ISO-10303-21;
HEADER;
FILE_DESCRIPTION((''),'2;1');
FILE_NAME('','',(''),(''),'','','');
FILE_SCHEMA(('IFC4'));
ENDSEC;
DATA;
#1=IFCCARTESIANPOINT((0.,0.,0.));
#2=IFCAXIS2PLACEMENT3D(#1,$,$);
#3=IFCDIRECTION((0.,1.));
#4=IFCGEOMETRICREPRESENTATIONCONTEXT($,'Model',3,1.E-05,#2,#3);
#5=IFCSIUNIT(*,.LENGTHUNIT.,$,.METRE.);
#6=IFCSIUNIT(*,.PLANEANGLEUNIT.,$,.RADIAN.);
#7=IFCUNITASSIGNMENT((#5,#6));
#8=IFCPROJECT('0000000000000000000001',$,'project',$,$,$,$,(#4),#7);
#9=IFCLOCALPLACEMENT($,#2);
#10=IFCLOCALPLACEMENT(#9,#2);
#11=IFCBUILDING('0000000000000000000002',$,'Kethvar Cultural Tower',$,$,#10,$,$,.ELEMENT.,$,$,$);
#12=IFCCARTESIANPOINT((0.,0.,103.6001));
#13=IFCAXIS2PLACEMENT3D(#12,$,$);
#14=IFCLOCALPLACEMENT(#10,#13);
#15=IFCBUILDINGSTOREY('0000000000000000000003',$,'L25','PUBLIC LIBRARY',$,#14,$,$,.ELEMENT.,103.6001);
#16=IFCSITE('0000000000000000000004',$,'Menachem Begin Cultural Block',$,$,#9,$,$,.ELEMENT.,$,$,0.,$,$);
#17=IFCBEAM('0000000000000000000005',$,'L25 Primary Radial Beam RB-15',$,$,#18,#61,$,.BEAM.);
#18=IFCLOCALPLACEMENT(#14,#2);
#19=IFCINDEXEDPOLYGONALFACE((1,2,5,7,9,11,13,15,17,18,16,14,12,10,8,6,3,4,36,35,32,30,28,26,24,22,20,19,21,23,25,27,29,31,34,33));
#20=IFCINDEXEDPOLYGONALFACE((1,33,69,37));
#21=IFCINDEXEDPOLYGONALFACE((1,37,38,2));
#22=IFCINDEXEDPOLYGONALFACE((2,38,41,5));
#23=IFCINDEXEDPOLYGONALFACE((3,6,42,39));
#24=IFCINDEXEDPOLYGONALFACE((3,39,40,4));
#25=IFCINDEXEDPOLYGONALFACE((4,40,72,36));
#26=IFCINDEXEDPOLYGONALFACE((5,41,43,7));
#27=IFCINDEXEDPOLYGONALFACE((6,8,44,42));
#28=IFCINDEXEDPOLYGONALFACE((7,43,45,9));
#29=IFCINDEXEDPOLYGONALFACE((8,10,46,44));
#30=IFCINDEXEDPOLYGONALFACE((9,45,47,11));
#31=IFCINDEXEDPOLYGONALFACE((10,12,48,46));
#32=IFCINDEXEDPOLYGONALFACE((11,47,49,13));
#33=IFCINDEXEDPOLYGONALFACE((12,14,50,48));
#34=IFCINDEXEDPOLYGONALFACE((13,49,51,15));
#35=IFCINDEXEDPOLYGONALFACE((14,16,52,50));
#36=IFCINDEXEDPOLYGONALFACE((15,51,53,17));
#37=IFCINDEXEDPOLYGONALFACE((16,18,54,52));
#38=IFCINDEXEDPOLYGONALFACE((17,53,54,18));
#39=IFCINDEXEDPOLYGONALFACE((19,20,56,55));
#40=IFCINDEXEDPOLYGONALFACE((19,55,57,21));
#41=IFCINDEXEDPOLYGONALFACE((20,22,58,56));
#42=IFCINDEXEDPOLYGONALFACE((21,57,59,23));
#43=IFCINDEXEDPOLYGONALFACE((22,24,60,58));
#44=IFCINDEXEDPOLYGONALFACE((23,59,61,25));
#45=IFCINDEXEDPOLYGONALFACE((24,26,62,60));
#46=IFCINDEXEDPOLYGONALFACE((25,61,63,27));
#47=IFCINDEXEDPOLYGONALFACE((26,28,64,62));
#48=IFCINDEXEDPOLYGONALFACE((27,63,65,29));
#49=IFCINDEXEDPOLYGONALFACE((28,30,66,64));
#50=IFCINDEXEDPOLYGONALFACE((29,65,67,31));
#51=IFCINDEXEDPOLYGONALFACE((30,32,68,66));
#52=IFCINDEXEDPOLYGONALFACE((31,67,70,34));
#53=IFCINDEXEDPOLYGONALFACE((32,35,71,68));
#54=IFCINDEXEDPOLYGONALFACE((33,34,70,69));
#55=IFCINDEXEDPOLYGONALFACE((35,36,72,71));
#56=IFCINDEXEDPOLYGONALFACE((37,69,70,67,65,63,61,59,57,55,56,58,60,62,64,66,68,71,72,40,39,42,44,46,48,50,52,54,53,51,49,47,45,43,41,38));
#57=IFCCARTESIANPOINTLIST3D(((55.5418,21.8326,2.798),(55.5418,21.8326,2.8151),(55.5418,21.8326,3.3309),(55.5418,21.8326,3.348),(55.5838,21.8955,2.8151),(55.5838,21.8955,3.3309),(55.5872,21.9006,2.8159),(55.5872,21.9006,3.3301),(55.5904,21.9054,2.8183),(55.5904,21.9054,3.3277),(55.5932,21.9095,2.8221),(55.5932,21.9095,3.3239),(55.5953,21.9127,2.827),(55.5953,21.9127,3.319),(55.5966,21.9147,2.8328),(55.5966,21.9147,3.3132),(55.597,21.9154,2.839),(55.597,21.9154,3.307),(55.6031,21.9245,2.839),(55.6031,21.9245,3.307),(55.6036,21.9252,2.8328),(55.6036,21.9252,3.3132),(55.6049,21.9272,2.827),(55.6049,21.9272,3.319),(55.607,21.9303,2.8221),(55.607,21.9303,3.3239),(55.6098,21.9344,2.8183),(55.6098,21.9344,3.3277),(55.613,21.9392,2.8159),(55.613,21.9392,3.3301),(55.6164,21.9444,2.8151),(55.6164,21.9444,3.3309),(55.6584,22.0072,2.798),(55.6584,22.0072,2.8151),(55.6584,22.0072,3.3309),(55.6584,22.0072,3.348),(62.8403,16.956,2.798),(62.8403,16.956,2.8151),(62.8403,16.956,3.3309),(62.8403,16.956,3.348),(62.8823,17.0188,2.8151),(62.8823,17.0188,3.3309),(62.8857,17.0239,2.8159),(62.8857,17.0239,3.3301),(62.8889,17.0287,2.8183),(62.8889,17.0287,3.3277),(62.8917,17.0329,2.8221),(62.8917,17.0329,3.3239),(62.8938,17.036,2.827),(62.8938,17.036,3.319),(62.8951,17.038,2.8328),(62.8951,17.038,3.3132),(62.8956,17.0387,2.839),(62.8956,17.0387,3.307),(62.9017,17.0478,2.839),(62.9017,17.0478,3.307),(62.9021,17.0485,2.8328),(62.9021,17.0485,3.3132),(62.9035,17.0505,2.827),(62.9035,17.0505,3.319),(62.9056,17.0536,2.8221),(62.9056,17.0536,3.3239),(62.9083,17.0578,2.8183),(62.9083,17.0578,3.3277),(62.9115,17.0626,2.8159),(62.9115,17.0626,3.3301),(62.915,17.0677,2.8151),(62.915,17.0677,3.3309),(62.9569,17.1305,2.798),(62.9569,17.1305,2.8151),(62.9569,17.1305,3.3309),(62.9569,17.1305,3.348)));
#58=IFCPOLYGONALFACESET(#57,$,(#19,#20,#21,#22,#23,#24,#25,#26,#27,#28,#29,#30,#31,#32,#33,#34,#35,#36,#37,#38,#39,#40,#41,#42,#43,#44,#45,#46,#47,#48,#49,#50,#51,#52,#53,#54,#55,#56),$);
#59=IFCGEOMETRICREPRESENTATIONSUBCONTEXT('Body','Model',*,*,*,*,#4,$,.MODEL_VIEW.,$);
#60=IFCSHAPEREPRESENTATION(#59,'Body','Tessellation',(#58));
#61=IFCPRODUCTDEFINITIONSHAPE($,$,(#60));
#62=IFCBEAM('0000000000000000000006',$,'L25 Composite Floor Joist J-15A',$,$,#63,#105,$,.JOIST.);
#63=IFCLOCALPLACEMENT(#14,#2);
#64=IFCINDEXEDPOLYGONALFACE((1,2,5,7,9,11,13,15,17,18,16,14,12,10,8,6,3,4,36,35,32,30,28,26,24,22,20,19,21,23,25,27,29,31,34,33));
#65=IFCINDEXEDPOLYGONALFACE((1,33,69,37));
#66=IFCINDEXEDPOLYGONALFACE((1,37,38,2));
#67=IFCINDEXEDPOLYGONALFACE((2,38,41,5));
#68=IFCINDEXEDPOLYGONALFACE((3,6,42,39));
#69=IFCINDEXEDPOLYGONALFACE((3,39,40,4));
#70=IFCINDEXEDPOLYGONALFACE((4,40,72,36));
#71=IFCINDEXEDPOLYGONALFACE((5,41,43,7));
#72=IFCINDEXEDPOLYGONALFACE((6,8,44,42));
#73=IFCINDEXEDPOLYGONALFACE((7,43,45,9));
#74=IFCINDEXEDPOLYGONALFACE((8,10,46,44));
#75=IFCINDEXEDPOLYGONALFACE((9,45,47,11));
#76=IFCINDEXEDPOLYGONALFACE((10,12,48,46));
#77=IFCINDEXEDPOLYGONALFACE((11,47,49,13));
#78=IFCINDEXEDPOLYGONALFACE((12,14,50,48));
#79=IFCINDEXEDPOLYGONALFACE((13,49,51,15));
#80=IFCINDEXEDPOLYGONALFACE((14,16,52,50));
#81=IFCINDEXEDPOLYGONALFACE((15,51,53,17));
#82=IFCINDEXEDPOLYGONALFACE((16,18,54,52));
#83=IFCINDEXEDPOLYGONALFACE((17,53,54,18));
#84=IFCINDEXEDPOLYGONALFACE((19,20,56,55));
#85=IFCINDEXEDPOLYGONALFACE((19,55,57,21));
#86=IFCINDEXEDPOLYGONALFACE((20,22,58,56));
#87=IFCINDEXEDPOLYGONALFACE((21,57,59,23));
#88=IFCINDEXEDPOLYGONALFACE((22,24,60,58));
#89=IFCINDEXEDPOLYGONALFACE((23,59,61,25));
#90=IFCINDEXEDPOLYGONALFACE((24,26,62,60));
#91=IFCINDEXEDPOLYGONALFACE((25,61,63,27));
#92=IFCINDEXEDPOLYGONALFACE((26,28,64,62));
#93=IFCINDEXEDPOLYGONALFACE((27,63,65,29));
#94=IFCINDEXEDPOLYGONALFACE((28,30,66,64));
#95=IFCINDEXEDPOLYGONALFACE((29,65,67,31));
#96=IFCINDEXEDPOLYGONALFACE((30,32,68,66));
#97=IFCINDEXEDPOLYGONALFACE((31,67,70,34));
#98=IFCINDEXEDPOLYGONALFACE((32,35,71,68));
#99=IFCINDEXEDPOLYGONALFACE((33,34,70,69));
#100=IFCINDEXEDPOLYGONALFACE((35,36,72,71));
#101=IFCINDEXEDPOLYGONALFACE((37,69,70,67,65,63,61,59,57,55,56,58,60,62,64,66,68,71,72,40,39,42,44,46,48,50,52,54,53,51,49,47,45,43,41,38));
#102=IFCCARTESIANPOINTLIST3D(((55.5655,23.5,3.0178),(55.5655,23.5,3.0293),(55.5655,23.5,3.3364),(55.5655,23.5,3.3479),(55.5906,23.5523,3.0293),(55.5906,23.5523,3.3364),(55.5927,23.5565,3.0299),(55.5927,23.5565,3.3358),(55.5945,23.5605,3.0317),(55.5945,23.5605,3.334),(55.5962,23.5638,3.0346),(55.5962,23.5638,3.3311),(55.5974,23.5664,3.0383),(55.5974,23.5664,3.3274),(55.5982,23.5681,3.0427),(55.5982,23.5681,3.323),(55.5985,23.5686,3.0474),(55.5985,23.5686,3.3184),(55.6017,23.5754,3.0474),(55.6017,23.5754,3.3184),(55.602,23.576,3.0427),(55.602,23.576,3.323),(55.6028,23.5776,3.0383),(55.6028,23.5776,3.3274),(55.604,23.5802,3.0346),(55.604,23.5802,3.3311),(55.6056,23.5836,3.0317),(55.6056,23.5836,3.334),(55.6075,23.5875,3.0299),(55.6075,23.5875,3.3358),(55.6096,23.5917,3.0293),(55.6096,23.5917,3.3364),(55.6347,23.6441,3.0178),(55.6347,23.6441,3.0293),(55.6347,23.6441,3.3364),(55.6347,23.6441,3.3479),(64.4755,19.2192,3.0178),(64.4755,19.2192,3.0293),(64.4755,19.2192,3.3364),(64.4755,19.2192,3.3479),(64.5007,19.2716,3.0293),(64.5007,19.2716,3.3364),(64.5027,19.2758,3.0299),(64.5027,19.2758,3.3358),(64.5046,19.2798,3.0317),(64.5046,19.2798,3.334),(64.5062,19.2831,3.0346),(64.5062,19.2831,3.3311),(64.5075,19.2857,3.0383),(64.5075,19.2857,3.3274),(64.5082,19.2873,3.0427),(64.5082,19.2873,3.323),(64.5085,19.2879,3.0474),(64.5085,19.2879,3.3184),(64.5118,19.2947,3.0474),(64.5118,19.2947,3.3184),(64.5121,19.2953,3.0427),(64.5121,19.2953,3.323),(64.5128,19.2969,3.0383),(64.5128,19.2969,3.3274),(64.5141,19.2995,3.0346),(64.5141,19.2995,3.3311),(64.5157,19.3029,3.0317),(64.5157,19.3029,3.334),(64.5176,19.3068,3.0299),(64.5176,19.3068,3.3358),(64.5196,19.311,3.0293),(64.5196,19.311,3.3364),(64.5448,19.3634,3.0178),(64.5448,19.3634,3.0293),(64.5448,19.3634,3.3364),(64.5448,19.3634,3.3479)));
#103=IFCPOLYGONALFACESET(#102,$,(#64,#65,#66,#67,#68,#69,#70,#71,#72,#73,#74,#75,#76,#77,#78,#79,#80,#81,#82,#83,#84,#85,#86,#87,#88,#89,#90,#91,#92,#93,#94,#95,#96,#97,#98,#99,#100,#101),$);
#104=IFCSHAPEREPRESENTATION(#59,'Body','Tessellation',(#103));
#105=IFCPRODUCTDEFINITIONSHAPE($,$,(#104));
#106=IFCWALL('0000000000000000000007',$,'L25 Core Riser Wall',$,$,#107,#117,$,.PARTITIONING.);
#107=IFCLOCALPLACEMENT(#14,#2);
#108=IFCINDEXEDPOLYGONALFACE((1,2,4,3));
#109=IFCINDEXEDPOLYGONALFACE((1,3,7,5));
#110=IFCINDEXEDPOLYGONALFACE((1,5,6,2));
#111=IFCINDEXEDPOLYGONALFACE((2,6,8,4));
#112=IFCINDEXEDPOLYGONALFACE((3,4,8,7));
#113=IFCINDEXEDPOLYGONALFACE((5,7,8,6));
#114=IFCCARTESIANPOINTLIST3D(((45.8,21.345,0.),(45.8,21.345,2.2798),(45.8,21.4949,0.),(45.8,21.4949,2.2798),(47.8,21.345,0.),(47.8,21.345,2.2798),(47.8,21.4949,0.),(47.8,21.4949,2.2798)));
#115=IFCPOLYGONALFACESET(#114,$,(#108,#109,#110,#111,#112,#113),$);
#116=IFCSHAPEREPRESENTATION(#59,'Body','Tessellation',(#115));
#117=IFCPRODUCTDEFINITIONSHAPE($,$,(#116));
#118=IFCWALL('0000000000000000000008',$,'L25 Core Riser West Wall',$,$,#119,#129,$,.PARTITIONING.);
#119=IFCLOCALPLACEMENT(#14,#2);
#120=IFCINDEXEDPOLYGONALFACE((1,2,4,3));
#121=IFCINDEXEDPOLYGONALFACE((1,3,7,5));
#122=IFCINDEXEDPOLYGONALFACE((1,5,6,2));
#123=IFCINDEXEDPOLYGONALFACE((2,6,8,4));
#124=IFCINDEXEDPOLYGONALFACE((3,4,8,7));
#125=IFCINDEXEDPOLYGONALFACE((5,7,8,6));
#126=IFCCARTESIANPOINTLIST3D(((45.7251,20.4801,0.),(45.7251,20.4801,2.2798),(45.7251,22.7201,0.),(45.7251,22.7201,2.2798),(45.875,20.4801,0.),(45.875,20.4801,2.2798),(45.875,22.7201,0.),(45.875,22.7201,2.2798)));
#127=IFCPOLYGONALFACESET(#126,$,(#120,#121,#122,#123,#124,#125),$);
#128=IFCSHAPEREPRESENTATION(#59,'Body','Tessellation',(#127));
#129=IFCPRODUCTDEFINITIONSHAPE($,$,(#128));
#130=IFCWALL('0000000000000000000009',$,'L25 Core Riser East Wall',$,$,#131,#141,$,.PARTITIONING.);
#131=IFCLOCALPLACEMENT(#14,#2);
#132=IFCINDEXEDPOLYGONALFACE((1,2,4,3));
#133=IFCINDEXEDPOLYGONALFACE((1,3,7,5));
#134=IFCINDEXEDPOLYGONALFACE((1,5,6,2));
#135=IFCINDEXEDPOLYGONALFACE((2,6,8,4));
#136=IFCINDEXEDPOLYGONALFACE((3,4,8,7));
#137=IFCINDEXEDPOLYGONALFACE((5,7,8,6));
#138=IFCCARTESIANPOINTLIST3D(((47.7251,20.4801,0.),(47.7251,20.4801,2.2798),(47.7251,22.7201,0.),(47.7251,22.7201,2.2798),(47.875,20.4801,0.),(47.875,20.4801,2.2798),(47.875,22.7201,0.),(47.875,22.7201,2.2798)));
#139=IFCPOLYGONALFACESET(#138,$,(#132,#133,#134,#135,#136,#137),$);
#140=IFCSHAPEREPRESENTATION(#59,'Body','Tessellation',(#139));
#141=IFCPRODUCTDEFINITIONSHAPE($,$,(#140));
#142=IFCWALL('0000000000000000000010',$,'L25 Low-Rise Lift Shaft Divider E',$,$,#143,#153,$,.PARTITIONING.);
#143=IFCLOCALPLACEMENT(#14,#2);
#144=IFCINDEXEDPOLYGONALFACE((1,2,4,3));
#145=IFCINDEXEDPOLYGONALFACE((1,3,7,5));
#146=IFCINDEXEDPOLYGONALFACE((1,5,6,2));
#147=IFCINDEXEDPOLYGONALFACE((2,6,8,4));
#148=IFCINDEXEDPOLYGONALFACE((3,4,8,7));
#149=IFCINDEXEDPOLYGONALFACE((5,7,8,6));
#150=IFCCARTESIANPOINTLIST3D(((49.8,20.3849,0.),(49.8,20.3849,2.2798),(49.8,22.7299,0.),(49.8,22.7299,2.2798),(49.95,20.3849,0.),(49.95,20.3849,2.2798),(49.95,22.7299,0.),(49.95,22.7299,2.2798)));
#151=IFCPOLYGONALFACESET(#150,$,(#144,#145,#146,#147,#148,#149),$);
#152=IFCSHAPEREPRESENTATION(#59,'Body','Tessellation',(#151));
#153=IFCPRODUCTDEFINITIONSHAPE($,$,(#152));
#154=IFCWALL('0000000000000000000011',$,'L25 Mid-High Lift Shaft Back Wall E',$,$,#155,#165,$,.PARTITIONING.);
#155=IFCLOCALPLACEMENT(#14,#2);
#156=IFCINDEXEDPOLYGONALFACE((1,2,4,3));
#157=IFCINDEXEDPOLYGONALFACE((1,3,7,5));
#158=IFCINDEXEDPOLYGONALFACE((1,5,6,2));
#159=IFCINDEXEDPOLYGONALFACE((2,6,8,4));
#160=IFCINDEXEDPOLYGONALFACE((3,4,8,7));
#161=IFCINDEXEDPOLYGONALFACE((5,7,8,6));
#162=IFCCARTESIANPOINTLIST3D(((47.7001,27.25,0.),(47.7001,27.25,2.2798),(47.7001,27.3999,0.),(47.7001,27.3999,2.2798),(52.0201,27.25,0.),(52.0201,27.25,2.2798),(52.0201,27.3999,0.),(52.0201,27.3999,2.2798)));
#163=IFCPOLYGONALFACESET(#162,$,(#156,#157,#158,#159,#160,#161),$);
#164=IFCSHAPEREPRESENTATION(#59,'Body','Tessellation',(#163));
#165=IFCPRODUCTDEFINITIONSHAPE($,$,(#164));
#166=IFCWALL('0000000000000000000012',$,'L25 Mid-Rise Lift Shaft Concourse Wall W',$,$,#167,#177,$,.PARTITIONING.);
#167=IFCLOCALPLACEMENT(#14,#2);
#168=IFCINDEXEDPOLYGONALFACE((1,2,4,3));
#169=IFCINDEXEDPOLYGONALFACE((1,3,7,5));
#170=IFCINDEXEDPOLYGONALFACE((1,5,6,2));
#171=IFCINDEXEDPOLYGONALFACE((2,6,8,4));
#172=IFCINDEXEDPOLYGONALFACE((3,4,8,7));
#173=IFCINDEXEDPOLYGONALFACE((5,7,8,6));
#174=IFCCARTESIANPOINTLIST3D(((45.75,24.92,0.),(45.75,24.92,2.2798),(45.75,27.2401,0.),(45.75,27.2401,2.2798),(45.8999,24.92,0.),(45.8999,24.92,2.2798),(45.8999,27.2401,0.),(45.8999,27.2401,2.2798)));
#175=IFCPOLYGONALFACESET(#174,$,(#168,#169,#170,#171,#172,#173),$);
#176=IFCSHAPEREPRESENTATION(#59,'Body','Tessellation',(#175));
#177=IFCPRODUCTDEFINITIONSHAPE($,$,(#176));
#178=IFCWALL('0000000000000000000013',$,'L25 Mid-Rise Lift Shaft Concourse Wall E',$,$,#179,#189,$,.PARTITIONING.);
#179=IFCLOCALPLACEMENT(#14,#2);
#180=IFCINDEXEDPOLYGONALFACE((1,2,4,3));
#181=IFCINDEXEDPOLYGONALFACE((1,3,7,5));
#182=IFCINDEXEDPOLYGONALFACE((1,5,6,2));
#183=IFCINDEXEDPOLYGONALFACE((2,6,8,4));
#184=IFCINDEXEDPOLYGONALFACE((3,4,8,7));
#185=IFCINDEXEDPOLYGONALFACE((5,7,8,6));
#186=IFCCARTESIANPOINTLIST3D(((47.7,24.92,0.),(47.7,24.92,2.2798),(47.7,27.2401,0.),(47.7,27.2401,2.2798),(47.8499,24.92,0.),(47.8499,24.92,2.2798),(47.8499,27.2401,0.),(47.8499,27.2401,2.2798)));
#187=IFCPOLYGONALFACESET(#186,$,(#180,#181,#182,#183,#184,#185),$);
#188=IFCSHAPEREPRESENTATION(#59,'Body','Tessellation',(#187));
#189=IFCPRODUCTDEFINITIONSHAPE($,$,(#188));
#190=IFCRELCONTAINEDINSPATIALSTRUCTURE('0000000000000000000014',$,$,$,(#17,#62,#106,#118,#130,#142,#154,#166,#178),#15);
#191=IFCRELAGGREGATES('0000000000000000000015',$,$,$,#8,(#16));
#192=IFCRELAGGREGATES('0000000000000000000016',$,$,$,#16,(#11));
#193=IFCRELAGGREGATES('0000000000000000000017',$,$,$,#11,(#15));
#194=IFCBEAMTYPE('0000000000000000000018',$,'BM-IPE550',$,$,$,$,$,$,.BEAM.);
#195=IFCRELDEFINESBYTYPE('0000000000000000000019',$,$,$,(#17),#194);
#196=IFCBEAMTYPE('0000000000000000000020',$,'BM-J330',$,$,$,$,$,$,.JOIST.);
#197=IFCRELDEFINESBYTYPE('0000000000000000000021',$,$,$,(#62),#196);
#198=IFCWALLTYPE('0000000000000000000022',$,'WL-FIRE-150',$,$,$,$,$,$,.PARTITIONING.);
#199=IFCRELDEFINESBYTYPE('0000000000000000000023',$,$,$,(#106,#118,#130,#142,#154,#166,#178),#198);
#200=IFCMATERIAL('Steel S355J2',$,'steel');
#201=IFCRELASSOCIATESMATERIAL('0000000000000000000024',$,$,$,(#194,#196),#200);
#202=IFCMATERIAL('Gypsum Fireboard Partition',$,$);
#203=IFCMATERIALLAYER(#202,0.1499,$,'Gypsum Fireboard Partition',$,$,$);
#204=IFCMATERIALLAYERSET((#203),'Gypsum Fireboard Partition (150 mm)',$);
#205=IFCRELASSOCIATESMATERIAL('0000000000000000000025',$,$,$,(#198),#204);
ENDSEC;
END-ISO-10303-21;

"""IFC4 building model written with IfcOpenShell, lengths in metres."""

from ifc_helpers import new_model, si_unit, direction, frame, frame_2d, origin, origin_2d, place, context, subcontext, project, spatial, rectangle, i_section, extrude, source, transform, mapped, material, layer, layer_set, material_profile, profile_set, type_object, element, save


model = new_model("IFC4")

# Units and contexts
model_context = context("Model", 3, precision=1e-05, world=origin(), true_north=direction((0.0, 1.0)))
body_context = subcontext(model_context, "Body", "Model", "MODEL_VIEW")
ifc_project = project(units=[si_unit("LENGTHUNIT", "METRE"), si_unit("PLANEANGLEUNIT", "RADIAN")], contexts=[model_context])

# Site, building, storey
site_placement = place(None, origin())
site = spatial("IfcSite", under=ifc_project, at=site_placement, Name="Menachem Begin Cultural Block", CompositionType="ELEMENT", RefElevation=0.0)
building_placement = place(site_placement, origin())
building = spatial("IfcBuilding", under=site, at=building_placement, Name="Kethvar Cultural Tower", CompositionType="ELEMENT")
storey_placement = place(building_placement, frame((0.0, 0.0, 103.6001)))
storey = spatial("IfcBuildingStorey", under=building, at=storey_placement, Name="L25", Description="PUBLIC LIBRARY", CompositionType="ELEMENT", Elevation=103.6001)

# Beams
ifc_material_1 = material(Name="Steel S355J2", Category="steel")
ifc_material_profile_1 = material_profile(ifc_material_1, i_section(OverallWidth=0.21, OverallDepth=0.55, WebThickness=0.011, FlangeThickness=0.0171, FilletRadius=0.0239, at=origin_2d()), Name="Steel S355J2 — IPE550")
ifc_profile_set_1 = profile_set([ifc_material_profile_1], Name="Steel S355J2 — IPE550")
beam_type_1 = type_object("IfcBeamType", Name="BM-IPE550", PredefinedType="BEAM", material=ifc_profile_set_1)
shared_shape_1 = source(origin(), body_context, "Body", "SweptSolid", [
    extrude(i_section(OverallWidth=0.21, OverallDepth=0.55, WebThickness=0.011, FlangeThickness=0.0171, FilletRadius=0.0239, at=origin_2d()), origin(), (0.0, 0.0, 1.0), 8.7778),
])
beam_1_placement = place(storey_placement, frame((55.6001, 21.9199, 3.073), z_axis=(0.831472, -0.555566, 0.0), x_axis=(0.555566, 0.831472, 0.0)))
element("IfcBeam", 1, at=beam_1_placement, inside=storey, type_object=beam_type_1, Name="L25 Primary Radial Beam RB-15", PredefinedType="BEAM", context=body_context, shape_type="MappedRepresentation", body=[
    mapped(shared_shape_1, transform((0.0, 0.0, 0.0), scale=1.0)),
])
ifc_material_profile_2 = material_profile(ifc_material_1, i_section(OverallWidth=0.1599, OverallDepth=0.3301, WebThickness=0.0076, FlangeThickness=0.0115, FilletRadius=0.0181, at=origin_2d()), Name="Steel S355J2 — IPE330")
ifc_profile_set_2 = profile_set([ifc_material_profile_2], Name="Steel S355J2 — IPE330")
beam_type_2 = type_object("IfcBeamType", Name="BM-J330", PredefinedType="JOIST", material=ifc_profile_set_2)
shared_shape_2 = source(origin(), body_context, "Body", "SweptSolid", [
    extrude(i_section(OverallWidth=0.1599, OverallDepth=0.3301, WebThickness=0.0076, FlangeThickness=0.0115, FilletRadius=0.0181, at=origin_2d()), origin(), (0.0, 0.0, 1.0), 9.885),
])
beam_2_placement = place(storey_placement, frame((55.6001, 23.572, 3.1829), z_axis=(0.90137, -0.433051, 0.0), x_axis=(0.433051, 0.90137, 0.0)))
element("IfcBeam", 2, at=beam_2_placement, inside=storey, type_object=beam_type_2, Name="L25 Composite Floor Joist J-15A", PredefinedType="JOIST", context=body_context, shape_type="MappedRepresentation", body=[
    mapped(shared_shape_2, transform((0.0, 0.0, 0.0), scale=1.0)),
])

# Walls
ifc_material_2 = material(Name="Gypsum Fireboard Partition")
ifc_layer_1 = layer(ifc_material_2, 0.1499, Name="Gypsum Fireboard Partition")
ifc_layer_set_1 = layer_set([ifc_layer_1], Name="Gypsum Fireboard Partition (150 mm)")
wall_type_1 = type_object("IfcWallType", Name="WL-FIRE-150", PredefinedType="PARTITIONING", material=ifc_layer_set_1)
wall_1_placement = place(storey_placement, frame((45.8, 21.4199, 0.0), z_axis=(0.0, 0.0, 1.0), x_axis=(1.0, 0.0, 0.0)))
element("IfcWall", 3, at=wall_1_placement, inside=storey, type_object=wall_type_1, Name="L25 Core Riser Wall", PredefinedType="PARTITIONING", context=body_context, shape_type="SweptSolid", body=[
    extrude(rectangle(XDim=2.0, YDim=0.1499, at=frame_2d((1.0, 0.0))), origin(), (0.0, 0.0, 1.0), 2.2798),
])
for number, where, z_axis, x_axis, name in (
    (4, (45.8, 20.48, 0.0), (0.0, 0.0, 1.0), (0.0, 1.0, 0.0), "L25 Core Riser West Wall"),
    (5, (47.8, 20.48, 0.0), (0.0, 0.0, 1.0), (0.0, 1.0, 0.0), "L25 Core Riser East Wall"),
):
    element("IfcWall", number, at=place(storey_placement, frame(where, z_axis=z_axis, x_axis=x_axis)), inside=storey, type_object=wall_type_1, Name=name, PredefinedType="PARTITIONING", context=body_context, shape_type="SweptSolid", body=[
        extrude(rectangle(XDim=2.24, YDim=0.1499, at=frame_2d((1.1201, 0.0))), origin(), (0.0, 0.0, 1.0), 2.2798),
    ])
wall_2_placement = place(storey_placement, frame((49.875, 20.385, 0.0), z_axis=(0.0, 0.0, 1.0), x_axis=(0.0, 1.0, 0.0)))
element("IfcWall", 6, at=wall_2_placement, inside=storey, type_object=wall_type_1, Name="L25 Low-Rise Lift Shaft Divider E", PredefinedType="PARTITIONING", context=body_context, shape_type="SweptSolid", body=[
    extrude(rectangle(XDim=2.345, YDim=0.1499, at=frame_2d((1.1724, 0.0))), origin(), (0.0, 0.0, 1.0), 2.2798),
])
wall_3_placement = place(storey_placement, frame((47.7, 27.325, 0.0), z_axis=(0.0, 0.0, 1.0), x_axis=(1.0, 0.0, 0.0)))
element("IfcWall", 7, at=wall_3_placement, inside=storey, type_object=wall_type_1, Name="L25 Mid-High Lift Shaft Back Wall E", PredefinedType="PARTITIONING", context=body_context, shape_type="SweptSolid", body=[
    extrude(rectangle(XDim=4.3201, YDim=0.1499, at=frame_2d((2.1602, 0.0))), origin(), (0.0, 0.0, 1.0), 2.2798),
])
for number, where, z_axis, x_axis, name in (
    (8, (45.825, 24.9199, 0.0), (0.0, 0.0, 1.0), (0.0, 1.0, 0.0), "L25 Mid-Rise Lift Shaft Concourse Wall W"),
    (9, (47.7749, 24.9199, 0.0), (0.0, 0.0, 1.0), (0.0, 1.0, 0.0), "L25 Mid-Rise Lift Shaft Concourse Wall E"),
):
    element("IfcWall", number, at=place(storey_placement, frame(where, z_axis=z_axis, x_axis=x_axis)), inside=storey, type_object=wall_type_1, Name=name, PredefinedType="PARTITIONING", context=body_context, shape_type="SweptSolid", body=[
        extrude(rectangle(XDim=2.3201, YDim=0.1499, at=frame_2d((1.1602, 0.0))), origin(), (0.0, 0.0, 1.0), 2.2798),
    ])

save(model, "model.ifc")
